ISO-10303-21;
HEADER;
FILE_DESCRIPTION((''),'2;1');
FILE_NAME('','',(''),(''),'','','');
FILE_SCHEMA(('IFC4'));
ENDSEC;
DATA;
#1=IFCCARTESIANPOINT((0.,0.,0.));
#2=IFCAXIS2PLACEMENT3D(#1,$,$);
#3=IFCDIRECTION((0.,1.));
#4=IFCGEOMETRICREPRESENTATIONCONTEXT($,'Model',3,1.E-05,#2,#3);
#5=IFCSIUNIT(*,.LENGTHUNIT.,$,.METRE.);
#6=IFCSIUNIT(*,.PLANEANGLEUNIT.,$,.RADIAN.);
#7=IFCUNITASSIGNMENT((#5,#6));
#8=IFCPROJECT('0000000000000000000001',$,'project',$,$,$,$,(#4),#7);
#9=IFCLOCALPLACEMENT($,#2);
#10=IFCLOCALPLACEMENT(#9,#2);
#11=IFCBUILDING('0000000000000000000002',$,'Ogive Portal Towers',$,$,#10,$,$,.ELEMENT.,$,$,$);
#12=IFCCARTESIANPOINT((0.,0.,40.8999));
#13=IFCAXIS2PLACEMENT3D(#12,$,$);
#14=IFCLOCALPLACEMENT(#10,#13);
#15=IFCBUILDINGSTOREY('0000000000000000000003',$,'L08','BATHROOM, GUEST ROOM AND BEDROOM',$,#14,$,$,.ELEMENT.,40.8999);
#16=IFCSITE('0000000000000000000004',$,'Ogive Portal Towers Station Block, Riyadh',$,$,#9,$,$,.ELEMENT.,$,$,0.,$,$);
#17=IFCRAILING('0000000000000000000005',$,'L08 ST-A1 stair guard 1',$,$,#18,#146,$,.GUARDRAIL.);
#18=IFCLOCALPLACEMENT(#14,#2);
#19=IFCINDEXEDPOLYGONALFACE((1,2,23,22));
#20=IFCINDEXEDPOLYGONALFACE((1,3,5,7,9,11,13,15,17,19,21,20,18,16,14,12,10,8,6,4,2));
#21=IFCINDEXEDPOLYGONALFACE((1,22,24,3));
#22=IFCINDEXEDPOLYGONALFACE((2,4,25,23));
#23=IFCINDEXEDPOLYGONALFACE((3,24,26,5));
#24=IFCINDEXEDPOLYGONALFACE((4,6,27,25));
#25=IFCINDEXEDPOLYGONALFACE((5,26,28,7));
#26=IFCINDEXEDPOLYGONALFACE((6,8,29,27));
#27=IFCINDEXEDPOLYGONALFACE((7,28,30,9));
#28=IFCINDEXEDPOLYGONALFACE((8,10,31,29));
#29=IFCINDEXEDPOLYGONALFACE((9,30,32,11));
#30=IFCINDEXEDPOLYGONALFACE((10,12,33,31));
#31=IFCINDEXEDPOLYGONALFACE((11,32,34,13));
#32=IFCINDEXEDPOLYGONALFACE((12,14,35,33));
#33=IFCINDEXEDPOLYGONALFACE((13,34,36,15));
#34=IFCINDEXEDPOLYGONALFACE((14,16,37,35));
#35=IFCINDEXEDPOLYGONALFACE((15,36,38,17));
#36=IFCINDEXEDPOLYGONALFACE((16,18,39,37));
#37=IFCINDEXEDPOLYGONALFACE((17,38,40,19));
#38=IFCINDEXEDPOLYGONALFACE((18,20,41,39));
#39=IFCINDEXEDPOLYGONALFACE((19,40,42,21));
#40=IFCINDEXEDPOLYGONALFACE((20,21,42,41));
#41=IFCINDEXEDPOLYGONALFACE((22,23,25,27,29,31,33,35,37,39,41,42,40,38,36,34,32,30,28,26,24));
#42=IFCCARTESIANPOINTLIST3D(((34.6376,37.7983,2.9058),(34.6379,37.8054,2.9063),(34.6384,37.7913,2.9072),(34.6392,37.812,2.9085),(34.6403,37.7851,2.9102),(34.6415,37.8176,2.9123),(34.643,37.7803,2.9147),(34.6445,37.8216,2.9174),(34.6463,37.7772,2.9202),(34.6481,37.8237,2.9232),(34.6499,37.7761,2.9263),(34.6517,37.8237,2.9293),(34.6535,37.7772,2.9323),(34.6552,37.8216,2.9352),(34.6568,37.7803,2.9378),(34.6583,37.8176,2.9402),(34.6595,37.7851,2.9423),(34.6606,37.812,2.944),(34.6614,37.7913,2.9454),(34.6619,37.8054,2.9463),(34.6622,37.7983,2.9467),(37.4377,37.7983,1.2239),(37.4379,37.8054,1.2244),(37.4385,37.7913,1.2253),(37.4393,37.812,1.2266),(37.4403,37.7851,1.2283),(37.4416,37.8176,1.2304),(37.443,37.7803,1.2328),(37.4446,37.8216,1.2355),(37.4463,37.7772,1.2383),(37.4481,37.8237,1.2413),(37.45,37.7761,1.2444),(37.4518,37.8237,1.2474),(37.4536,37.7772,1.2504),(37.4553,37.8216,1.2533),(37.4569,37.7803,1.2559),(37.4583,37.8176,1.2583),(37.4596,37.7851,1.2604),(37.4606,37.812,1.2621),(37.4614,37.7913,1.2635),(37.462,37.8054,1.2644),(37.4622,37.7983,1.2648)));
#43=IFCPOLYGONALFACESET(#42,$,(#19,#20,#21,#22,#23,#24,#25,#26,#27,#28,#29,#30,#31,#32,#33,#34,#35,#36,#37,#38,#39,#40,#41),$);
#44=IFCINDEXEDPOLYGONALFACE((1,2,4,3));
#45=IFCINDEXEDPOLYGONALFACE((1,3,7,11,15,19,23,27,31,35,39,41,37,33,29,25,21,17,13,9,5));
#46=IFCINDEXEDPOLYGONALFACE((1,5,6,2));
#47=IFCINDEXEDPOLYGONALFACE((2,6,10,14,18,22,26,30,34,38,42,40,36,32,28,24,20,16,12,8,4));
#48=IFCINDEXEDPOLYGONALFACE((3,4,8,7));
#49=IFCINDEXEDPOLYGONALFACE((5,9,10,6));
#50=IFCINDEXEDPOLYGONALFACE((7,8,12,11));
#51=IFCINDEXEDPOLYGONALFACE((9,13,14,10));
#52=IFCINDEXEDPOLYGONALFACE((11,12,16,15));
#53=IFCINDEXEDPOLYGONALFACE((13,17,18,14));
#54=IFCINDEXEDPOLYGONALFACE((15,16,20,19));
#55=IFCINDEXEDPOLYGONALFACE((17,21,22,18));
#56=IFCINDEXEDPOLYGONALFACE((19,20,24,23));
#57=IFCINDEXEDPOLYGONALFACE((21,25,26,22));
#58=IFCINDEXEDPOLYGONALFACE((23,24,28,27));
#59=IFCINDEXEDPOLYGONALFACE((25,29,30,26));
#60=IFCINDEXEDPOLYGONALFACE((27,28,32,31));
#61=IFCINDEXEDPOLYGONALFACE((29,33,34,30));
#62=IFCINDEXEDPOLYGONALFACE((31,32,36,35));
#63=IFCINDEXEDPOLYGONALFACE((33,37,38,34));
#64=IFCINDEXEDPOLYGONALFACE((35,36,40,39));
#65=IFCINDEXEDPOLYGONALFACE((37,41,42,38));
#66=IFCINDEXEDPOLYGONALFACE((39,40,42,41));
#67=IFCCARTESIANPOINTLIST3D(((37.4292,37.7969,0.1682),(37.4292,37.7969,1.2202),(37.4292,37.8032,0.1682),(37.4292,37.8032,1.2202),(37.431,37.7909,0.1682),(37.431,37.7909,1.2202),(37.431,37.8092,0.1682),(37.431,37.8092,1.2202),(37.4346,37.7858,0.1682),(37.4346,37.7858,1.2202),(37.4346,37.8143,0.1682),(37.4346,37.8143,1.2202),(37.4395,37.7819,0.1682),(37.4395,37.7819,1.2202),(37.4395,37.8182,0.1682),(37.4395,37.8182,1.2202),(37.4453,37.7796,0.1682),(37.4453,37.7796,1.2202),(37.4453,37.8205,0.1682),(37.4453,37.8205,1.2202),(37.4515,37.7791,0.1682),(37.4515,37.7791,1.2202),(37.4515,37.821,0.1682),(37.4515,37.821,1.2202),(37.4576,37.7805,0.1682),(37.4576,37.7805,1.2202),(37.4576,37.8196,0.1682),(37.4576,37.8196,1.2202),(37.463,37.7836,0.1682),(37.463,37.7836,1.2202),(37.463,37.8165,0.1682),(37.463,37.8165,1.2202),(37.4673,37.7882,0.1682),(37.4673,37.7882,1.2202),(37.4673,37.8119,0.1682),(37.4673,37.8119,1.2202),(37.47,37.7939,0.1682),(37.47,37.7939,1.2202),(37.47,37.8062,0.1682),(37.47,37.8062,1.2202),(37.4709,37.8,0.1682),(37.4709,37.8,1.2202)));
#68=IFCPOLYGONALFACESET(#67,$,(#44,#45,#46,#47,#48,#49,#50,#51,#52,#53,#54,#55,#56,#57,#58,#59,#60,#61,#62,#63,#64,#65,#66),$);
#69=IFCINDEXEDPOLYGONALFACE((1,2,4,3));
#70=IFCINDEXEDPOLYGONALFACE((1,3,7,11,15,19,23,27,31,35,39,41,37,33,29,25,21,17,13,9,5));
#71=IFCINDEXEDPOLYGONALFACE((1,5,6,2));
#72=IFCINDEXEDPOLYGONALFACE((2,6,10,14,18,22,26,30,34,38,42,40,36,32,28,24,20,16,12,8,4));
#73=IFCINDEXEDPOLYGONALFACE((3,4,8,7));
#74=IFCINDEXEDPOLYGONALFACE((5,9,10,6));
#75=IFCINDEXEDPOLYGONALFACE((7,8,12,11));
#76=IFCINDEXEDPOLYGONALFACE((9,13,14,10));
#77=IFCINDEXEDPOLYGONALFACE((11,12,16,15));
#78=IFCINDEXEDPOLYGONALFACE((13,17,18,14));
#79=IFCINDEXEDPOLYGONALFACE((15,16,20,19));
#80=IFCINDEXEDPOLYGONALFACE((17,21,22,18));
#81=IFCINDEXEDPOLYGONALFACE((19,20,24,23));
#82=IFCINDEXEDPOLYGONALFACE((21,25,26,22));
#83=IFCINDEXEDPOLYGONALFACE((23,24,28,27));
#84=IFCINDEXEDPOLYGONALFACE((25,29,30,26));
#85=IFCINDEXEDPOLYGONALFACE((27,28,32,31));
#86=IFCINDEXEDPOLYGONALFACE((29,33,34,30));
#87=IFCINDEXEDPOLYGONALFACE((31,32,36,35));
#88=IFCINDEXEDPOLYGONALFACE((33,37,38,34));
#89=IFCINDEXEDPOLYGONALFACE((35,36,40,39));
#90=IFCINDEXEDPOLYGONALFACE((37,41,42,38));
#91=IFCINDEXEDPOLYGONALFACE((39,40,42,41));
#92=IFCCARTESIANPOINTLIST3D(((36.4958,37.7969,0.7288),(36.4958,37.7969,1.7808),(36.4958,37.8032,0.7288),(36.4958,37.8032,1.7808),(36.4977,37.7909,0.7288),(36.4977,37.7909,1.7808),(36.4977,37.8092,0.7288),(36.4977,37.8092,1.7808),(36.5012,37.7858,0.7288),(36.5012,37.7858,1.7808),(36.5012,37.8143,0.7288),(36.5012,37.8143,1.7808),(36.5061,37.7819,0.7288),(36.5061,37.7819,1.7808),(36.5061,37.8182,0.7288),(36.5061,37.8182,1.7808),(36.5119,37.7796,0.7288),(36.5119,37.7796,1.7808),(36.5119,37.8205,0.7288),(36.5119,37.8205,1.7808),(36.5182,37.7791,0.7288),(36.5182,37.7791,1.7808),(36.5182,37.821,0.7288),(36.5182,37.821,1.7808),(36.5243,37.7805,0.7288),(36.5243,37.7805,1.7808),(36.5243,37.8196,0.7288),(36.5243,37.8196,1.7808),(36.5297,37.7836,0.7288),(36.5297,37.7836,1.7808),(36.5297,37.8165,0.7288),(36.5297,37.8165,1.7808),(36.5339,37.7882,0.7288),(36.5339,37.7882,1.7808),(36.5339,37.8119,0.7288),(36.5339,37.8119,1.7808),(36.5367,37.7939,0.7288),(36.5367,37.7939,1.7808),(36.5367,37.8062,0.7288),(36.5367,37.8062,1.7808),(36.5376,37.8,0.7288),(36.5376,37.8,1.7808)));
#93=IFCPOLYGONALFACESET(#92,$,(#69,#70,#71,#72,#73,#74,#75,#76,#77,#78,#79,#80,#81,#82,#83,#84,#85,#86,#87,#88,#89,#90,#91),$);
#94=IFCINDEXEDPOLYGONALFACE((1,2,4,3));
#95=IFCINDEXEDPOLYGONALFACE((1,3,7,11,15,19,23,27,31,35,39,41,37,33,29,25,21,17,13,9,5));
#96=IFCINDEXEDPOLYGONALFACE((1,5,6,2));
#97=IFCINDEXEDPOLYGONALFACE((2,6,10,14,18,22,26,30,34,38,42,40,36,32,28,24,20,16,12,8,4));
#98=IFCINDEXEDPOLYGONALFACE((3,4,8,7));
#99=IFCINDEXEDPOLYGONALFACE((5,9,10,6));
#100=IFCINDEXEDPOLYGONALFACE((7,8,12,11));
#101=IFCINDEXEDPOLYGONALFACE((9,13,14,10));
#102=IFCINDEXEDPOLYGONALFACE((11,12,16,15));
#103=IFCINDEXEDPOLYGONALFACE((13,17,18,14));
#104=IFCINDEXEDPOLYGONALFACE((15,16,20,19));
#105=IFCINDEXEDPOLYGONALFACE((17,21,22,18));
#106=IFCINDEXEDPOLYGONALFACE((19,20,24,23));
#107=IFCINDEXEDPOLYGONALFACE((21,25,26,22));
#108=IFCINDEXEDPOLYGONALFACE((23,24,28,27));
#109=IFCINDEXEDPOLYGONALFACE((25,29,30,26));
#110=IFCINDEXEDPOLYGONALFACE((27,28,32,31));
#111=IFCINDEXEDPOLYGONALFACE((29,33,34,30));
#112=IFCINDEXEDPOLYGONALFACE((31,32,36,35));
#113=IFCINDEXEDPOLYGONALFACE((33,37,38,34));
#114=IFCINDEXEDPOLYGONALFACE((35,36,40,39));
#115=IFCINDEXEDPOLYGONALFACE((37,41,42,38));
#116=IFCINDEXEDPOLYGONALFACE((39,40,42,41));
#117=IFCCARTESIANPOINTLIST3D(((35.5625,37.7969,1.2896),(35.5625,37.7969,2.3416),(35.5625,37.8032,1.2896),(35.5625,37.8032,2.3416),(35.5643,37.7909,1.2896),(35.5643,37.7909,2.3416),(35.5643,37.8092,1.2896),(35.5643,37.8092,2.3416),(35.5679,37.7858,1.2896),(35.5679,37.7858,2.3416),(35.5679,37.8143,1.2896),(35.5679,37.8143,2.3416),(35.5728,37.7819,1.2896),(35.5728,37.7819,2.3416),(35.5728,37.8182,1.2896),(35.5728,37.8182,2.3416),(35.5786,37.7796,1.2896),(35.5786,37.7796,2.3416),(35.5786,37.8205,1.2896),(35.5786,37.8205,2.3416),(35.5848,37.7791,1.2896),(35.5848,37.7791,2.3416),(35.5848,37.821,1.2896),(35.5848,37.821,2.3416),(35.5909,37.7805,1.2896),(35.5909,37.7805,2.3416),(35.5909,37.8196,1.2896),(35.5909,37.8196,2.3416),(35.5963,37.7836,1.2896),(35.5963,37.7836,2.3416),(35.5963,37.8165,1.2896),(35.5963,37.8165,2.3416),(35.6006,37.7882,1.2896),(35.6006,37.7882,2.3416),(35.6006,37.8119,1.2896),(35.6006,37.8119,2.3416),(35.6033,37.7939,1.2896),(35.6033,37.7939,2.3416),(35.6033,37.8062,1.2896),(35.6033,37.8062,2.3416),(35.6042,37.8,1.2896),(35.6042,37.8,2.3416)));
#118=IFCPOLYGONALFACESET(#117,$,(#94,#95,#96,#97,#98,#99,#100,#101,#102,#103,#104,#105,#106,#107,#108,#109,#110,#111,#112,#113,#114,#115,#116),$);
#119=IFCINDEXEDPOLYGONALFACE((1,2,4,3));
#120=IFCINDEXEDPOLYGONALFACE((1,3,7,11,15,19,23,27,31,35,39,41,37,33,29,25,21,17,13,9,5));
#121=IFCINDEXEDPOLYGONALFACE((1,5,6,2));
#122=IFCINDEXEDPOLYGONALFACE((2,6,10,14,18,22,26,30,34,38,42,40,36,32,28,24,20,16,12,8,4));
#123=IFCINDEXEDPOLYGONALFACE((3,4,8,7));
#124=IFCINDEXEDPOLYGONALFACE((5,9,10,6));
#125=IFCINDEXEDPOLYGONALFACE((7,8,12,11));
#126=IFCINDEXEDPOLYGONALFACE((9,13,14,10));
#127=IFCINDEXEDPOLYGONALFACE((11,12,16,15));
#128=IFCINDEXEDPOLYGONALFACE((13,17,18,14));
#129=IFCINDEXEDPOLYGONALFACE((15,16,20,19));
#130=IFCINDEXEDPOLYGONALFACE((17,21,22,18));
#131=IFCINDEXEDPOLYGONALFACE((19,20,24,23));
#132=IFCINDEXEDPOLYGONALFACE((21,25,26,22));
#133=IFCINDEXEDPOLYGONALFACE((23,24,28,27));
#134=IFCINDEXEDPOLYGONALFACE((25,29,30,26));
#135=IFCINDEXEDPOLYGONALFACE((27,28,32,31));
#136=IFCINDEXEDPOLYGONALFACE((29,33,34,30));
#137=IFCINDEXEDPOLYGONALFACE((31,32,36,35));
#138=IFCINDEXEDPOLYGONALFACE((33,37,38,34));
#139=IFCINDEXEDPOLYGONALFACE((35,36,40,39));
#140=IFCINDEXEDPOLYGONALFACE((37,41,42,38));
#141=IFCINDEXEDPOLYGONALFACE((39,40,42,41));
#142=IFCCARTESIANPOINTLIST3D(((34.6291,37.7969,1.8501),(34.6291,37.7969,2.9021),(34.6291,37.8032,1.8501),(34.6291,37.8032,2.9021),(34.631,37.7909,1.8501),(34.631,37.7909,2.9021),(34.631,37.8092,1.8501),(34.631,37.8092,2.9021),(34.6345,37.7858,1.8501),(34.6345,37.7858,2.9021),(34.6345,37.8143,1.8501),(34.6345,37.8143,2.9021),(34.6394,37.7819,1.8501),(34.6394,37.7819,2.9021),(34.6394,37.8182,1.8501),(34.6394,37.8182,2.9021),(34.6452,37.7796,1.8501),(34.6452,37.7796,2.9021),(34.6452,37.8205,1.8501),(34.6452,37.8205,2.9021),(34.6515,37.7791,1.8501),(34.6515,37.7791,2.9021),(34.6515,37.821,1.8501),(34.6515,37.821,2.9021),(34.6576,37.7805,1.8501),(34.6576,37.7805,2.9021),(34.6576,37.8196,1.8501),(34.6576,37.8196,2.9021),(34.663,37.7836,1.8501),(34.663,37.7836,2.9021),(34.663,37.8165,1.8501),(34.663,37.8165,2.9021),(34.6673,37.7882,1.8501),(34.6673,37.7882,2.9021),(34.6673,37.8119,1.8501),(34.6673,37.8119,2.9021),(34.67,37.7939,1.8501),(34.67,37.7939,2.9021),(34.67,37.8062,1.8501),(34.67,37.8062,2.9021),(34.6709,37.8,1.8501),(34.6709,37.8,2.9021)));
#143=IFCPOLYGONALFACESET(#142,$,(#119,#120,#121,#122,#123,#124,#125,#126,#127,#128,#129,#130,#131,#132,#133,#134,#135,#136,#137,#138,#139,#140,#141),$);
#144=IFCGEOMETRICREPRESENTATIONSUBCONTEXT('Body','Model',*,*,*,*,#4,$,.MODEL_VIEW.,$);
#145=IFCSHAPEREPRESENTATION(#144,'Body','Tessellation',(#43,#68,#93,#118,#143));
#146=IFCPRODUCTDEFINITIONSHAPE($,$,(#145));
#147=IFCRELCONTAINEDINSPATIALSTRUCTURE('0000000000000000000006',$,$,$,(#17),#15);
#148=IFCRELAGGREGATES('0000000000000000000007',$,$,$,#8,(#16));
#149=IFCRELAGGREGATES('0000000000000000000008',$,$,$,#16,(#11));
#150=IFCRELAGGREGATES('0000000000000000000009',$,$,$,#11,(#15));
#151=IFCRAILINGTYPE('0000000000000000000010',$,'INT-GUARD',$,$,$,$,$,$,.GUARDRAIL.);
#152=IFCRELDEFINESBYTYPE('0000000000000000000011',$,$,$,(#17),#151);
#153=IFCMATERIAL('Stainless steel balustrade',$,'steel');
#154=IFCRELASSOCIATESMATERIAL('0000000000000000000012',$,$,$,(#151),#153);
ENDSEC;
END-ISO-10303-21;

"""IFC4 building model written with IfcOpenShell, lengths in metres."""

from ifc_helpers import new_model, si_unit, direction, frame, origin, origin_2d, place, context, subcontext, project, spatial, circle, extrude, material, type_object, element, save


model = new_model("IFC4")

# Units and contexts
model_context = context("Model", 3, precision=1e-05, world=origin(), true_north=direction((0.0, 1.0)))
body_context = subcontext(model_context, "Body", "Model", "MODEL_VIEW")
ifc_project = project(units=[si_unit("LENGTHUNIT", "METRE"), si_unit("PLANEANGLEUNIT", "RADIAN")], contexts=[model_context])

# Site, building, storey
site_placement = place(None, origin())
site = spatial("IfcSite", under=ifc_project, at=site_placement, Name="Ogive Portal Towers Station Block, Riyadh", CompositionType="ELEMENT", RefElevation=0.0)
building_placement = place(site_placement, origin())
building = spatial("IfcBuilding", under=site, at=building_placement, Name="Ogive Portal Towers", CompositionType="ELEMENT")
storey_placement = place(building_placement, frame((0.0, 0.0, 40.8999)))
storey = spatial("IfcBuildingStorey", under=building, at=storey_placement, Name="L08", Description="BATHROOM, GUEST ROOM AND BEDROOM", CompositionType="ELEMENT", Elevation=40.8999)

# Railing
ifc_material_1 = material(Name="Stainless steel balustrade", Category="steel")
railing_type_1 = type_object("IfcRailingType", Name="INT-GUARD", PredefinedType="GUARDRAIL", material=ifc_material_1)
railing_1_placement = place(storey_placement, frame((37.45, 37.8, 0.1682)))
element("IfcRailing", 1, at=railing_1_placement, inside=storey, type_object=railing_type_1, Name="L08 ST-A1 stair guard 1", PredefinedType="GUARDRAIL", context=body_context, shape_type="SweptSolid", body=[
    extrude(circle(Radius=0.0239, at=origin_2d()), frame((0.0, 0.0, 1.0762), z_axis=(-0.857242, 0.0, 0.514913), x_axis=(0.0, -1.0, 0.0)), (0.0, 0.0, 1.0), 3.2664),
    extrude(circle(Radius=0.021, at=origin_2d()), origin(), (0.0, 0.0, 1.0), 1.052),
    extrude(circle(Radius=0.021, at=origin_2d()), frame((-0.9333, 0.0, 0.5605)), (0.0, 0.0, 1.0), 1.052),
    extrude(circle(Radius=0.021, at=origin_2d()), frame((-1.8667, 0.0, 1.1213)), (0.0, 0.0, 1.0), 1.052),
    extrude(circle(Radius=0.021, at=origin_2d()), frame((-2.8, 0.0, 1.6819)), (0.0, 0.0, 1.0), 1.052),
])

save(model, "model.ifc")
